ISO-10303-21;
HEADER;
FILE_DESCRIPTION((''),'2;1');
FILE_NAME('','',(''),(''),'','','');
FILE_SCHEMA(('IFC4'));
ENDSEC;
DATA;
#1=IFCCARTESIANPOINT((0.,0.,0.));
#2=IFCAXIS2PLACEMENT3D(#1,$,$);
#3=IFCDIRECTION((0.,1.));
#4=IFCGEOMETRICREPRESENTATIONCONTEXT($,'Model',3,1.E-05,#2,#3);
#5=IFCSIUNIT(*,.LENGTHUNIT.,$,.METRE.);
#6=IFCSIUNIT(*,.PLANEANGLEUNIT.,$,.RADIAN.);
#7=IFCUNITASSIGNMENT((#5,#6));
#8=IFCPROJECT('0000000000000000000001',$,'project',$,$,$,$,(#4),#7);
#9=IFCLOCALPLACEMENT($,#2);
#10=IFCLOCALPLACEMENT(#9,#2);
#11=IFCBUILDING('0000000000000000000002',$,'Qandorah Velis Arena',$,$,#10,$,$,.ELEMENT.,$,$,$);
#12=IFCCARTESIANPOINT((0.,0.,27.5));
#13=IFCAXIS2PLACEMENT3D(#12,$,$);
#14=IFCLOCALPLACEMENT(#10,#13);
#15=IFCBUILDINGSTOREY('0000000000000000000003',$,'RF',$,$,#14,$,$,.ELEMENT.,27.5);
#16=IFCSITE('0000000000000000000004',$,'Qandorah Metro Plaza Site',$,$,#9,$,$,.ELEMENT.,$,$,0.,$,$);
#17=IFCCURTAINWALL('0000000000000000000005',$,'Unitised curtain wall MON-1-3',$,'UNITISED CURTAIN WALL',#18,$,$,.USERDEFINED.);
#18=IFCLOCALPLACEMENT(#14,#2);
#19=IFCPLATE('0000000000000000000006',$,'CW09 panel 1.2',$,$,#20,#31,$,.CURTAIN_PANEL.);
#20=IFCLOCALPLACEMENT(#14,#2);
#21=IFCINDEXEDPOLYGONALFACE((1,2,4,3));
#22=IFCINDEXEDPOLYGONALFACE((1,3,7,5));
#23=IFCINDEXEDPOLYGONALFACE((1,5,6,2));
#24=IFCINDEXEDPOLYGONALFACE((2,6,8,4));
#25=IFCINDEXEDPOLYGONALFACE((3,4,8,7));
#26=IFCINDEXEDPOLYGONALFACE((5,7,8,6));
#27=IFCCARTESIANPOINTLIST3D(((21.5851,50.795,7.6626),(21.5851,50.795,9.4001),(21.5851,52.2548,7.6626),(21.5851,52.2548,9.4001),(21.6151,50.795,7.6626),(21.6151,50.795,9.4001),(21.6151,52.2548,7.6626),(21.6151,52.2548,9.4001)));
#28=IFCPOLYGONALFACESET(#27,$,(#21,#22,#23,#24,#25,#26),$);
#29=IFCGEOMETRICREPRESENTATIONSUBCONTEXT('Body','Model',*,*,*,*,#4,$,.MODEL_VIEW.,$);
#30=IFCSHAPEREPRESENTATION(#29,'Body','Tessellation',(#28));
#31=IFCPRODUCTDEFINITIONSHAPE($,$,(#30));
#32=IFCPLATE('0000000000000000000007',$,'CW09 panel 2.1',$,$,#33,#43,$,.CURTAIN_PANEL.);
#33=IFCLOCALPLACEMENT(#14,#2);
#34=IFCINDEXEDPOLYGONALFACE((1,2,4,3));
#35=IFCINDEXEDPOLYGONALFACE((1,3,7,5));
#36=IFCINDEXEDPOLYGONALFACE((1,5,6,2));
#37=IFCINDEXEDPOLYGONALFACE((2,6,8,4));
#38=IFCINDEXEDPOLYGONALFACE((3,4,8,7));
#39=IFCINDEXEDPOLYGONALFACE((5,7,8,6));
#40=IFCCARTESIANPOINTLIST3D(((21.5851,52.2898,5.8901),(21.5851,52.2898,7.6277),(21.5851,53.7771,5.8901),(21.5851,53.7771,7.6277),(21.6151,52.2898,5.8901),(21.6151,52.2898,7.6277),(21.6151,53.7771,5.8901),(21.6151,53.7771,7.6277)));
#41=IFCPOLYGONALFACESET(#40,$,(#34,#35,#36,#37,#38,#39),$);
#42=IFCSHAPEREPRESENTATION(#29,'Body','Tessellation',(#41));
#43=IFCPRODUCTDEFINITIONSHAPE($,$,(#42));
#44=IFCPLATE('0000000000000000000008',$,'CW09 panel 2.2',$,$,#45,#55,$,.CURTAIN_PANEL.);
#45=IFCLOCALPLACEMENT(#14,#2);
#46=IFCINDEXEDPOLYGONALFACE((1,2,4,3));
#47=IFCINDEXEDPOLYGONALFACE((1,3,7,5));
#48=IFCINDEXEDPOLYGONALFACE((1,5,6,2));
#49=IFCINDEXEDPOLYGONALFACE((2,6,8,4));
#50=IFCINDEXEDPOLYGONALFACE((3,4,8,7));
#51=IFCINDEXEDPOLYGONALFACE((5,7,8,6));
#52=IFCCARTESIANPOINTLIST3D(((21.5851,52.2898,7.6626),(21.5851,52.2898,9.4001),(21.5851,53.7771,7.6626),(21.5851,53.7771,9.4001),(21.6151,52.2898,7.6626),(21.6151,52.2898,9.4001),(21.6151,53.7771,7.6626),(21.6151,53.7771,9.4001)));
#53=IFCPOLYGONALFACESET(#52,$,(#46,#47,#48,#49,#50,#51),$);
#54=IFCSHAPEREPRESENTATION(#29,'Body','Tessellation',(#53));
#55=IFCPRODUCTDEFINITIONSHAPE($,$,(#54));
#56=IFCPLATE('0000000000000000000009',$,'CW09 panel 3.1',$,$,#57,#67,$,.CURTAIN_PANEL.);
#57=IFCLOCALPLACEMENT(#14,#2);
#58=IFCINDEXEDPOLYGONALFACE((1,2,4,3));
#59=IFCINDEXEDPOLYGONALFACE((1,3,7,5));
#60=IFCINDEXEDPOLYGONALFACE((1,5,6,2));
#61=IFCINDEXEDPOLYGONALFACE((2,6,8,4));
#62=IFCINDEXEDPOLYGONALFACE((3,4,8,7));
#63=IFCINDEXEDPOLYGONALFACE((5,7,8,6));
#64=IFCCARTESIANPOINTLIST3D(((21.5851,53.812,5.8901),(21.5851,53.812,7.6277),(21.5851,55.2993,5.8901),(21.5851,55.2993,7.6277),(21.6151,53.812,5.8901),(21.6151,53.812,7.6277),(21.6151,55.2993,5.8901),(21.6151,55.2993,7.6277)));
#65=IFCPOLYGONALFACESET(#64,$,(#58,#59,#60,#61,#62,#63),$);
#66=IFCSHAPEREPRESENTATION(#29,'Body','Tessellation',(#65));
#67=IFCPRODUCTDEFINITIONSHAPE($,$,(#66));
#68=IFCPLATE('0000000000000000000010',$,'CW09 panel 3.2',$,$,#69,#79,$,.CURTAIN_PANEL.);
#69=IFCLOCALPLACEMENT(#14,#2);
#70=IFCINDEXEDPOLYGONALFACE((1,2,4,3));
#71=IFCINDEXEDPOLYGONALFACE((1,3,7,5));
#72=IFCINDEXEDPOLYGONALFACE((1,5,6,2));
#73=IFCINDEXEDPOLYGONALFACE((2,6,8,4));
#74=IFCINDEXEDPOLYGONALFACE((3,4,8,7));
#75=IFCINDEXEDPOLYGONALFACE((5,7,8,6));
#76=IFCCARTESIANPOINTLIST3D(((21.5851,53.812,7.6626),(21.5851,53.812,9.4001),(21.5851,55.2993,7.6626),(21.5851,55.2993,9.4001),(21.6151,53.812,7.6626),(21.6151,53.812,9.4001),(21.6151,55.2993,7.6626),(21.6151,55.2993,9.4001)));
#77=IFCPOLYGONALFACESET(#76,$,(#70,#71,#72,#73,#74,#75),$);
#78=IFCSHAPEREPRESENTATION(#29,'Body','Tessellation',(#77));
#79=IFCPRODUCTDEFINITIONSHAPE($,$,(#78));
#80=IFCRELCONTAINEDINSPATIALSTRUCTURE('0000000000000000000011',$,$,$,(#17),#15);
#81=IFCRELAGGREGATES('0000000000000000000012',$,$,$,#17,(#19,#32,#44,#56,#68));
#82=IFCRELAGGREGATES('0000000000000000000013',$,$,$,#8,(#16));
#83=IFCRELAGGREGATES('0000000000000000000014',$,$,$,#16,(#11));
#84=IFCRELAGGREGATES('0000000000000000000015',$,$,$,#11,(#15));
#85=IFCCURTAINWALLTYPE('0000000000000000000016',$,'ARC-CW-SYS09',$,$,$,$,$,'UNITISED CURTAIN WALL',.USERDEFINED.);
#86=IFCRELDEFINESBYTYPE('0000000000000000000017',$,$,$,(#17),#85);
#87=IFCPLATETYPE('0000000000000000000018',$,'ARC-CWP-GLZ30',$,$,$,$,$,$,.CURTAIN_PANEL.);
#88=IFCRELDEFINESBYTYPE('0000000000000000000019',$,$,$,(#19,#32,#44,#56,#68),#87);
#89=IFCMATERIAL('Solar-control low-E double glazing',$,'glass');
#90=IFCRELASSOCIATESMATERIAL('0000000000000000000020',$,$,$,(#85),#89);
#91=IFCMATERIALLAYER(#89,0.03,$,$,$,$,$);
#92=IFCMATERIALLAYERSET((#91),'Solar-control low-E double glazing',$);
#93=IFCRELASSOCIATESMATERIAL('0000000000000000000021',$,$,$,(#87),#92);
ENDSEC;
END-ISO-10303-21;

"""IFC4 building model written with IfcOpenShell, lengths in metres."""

from ifc_helpers import new_model, si_unit, direction, frame, origin, origin_2d, place, context, subcontext, project, spatial, rectangle, extrude, material, layer, layer_set, type_object, element, aggregate, save


model = new_model("IFC4")

# Units and contexts
model_context = context("Model", 3, precision=1e-05, world=origin(), true_north=direction((0.0, 1.0)))
body_context = subcontext(model_context, "Body", "Model", "MODEL_VIEW")
ifc_project = project(units=[si_unit("LENGTHUNIT", "METRE"), si_unit("PLANEANGLEUNIT", "RADIAN")], contexts=[model_context])

# Site, building, storey
site_placement = place(None, origin())
site = spatial("IfcSite", under=ifc_project, at=site_placement, Name="Qandorah Metro Plaza Site", CompositionType="ELEMENT", RefElevation=0.0)
building_placement = place(site_placement, origin())
building = spatial("IfcBuilding", under=site, at=building_placement, Name="Qandorah Velis Arena", CompositionType="ELEMENT")
storey_placement = place(building_placement, frame((0.0, 0.0, 27.5)))
storey = spatial("IfcBuildingStorey", under=building, at=storey_placement, Name="RF", CompositionType="ELEMENT", Elevation=27.5)

# Curtain wall
ifc_material_1 = material(Name="Solar-control low-E double glazing", Category="glass")
curtain_wall_type_1 = type_object("IfcCurtainWallType", Name="ARC-CW-SYS09", ElementType="UNITISED CURTAIN WALL", PredefinedType="USERDEFINED", material=ifc_material_1)
curtain_wall_1_placement = place(storey_placement, origin())
curtain_wall_1 = element("IfcCurtainWall", 1, at=curtain_wall_1_placement, inside=storey, type_object=curtain_wall_type_1, Name="Unitised curtain wall MON-1-3", ObjectType="UNITISED CURTAIN WALL", PredefinedType="USERDEFINED")

# Plates
ifc_layer = layer(ifc_material_1, 0.03)
ifc_layer_set = layer_set([ifc_layer], Name="Solar-control low-E double glazing")
plate_type = type_object("IfcPlateType", Name="ARC-CWP-GLZ30", PredefinedType="CURTAIN_PANEL", material=ifc_layer_set)
plate_1_placement = place(storey_placement, frame((21.6001, 51.5249, 7.6626), z_axis=(0.0, 0.0, 1.0), x_axis=(0.0, 1.0, 0.0)))
plate_1 = element("IfcPlate", 2, at=plate_1_placement, type_object=plate_type, Name="CW09 panel 1.2", PredefinedType="CURTAIN_PANEL", context=body_context, shape_type="SweptSolid", body=[
    extrude(rectangle(XDim=1.4597, YDim=0.03, at=origin_2d()), origin(), (0.0, 0.0, 1.0), 1.7375),
])
plate_2_placement = place(storey_placement, frame((21.6001, 53.0334, 5.8901), z_axis=(0.0, 0.0, 1.0), x_axis=(0.0, 1.0, 0.0)))
plate_2 = element("IfcPlate", 3, at=plate_2_placement, type_object=plate_type, Name="CW09 panel 2.1", PredefinedType="CURTAIN_PANEL", context=body_context, shape_type="SweptSolid", body=[
    extrude(rectangle(XDim=1.4873, YDim=0.03, at=origin_2d()), origin(), (0.0, 0.0, 1.0), 1.7375),
])
plate_3_placement = place(storey_placement, frame((21.6001, 53.0334, 7.6626), z_axis=(0.0, 0.0, 1.0), x_axis=(0.0, 1.0, 0.0)))
plate_3 = element("IfcPlate", 4, at=plate_3_placement, type_object=plate_type, Name="CW09 panel 2.2", PredefinedType="CURTAIN_PANEL", context=body_context, shape_type="SweptSolid", body=[
    extrude(rectangle(XDim=1.4873, YDim=0.03, at=origin_2d()), origin(), (0.0, 0.0, 1.0), 1.7375),
])
plate_4_placement = place(storey_placement, frame((21.6001, 54.5557, 5.8901), z_axis=(0.0, 0.0, 1.0), x_axis=(0.0, 1.0, 0.0)))
plate_4 = element("IfcPlate", 5, at=plate_4_placement, type_object=plate_type, Name="CW09 panel 3.1", PredefinedType="CURTAIN_PANEL", context=body_context, shape_type="SweptSolid", body=[
    extrude(rectangle(XDim=1.4873, YDim=0.03, at=origin_2d()), origin(), (0.0, 0.0, 1.0), 1.7375),
])
plate_5_placement = place(storey_placement, frame((21.6001, 54.5557, 7.6626), z_axis=(0.0, 0.0, 1.0), x_axis=(0.0, 1.0, 0.0)))
plate_5 = element("IfcPlate", 6, at=plate_5_placement, type_object=plate_type, Name="CW09 panel 3.2", PredefinedType="CURTAIN_PANEL", context=body_context, shape_type="SweptSolid", body=[
    extrude(rectangle(XDim=1.4873, YDim=0.03, at=origin_2d()), origin(), (0.0, 0.0, 1.0), 1.7375),
])
aggregate(curtain_wall_1, [plate_1, plate_2, plate_3, plate_4, plate_5])

save(model, "model.ifc")
